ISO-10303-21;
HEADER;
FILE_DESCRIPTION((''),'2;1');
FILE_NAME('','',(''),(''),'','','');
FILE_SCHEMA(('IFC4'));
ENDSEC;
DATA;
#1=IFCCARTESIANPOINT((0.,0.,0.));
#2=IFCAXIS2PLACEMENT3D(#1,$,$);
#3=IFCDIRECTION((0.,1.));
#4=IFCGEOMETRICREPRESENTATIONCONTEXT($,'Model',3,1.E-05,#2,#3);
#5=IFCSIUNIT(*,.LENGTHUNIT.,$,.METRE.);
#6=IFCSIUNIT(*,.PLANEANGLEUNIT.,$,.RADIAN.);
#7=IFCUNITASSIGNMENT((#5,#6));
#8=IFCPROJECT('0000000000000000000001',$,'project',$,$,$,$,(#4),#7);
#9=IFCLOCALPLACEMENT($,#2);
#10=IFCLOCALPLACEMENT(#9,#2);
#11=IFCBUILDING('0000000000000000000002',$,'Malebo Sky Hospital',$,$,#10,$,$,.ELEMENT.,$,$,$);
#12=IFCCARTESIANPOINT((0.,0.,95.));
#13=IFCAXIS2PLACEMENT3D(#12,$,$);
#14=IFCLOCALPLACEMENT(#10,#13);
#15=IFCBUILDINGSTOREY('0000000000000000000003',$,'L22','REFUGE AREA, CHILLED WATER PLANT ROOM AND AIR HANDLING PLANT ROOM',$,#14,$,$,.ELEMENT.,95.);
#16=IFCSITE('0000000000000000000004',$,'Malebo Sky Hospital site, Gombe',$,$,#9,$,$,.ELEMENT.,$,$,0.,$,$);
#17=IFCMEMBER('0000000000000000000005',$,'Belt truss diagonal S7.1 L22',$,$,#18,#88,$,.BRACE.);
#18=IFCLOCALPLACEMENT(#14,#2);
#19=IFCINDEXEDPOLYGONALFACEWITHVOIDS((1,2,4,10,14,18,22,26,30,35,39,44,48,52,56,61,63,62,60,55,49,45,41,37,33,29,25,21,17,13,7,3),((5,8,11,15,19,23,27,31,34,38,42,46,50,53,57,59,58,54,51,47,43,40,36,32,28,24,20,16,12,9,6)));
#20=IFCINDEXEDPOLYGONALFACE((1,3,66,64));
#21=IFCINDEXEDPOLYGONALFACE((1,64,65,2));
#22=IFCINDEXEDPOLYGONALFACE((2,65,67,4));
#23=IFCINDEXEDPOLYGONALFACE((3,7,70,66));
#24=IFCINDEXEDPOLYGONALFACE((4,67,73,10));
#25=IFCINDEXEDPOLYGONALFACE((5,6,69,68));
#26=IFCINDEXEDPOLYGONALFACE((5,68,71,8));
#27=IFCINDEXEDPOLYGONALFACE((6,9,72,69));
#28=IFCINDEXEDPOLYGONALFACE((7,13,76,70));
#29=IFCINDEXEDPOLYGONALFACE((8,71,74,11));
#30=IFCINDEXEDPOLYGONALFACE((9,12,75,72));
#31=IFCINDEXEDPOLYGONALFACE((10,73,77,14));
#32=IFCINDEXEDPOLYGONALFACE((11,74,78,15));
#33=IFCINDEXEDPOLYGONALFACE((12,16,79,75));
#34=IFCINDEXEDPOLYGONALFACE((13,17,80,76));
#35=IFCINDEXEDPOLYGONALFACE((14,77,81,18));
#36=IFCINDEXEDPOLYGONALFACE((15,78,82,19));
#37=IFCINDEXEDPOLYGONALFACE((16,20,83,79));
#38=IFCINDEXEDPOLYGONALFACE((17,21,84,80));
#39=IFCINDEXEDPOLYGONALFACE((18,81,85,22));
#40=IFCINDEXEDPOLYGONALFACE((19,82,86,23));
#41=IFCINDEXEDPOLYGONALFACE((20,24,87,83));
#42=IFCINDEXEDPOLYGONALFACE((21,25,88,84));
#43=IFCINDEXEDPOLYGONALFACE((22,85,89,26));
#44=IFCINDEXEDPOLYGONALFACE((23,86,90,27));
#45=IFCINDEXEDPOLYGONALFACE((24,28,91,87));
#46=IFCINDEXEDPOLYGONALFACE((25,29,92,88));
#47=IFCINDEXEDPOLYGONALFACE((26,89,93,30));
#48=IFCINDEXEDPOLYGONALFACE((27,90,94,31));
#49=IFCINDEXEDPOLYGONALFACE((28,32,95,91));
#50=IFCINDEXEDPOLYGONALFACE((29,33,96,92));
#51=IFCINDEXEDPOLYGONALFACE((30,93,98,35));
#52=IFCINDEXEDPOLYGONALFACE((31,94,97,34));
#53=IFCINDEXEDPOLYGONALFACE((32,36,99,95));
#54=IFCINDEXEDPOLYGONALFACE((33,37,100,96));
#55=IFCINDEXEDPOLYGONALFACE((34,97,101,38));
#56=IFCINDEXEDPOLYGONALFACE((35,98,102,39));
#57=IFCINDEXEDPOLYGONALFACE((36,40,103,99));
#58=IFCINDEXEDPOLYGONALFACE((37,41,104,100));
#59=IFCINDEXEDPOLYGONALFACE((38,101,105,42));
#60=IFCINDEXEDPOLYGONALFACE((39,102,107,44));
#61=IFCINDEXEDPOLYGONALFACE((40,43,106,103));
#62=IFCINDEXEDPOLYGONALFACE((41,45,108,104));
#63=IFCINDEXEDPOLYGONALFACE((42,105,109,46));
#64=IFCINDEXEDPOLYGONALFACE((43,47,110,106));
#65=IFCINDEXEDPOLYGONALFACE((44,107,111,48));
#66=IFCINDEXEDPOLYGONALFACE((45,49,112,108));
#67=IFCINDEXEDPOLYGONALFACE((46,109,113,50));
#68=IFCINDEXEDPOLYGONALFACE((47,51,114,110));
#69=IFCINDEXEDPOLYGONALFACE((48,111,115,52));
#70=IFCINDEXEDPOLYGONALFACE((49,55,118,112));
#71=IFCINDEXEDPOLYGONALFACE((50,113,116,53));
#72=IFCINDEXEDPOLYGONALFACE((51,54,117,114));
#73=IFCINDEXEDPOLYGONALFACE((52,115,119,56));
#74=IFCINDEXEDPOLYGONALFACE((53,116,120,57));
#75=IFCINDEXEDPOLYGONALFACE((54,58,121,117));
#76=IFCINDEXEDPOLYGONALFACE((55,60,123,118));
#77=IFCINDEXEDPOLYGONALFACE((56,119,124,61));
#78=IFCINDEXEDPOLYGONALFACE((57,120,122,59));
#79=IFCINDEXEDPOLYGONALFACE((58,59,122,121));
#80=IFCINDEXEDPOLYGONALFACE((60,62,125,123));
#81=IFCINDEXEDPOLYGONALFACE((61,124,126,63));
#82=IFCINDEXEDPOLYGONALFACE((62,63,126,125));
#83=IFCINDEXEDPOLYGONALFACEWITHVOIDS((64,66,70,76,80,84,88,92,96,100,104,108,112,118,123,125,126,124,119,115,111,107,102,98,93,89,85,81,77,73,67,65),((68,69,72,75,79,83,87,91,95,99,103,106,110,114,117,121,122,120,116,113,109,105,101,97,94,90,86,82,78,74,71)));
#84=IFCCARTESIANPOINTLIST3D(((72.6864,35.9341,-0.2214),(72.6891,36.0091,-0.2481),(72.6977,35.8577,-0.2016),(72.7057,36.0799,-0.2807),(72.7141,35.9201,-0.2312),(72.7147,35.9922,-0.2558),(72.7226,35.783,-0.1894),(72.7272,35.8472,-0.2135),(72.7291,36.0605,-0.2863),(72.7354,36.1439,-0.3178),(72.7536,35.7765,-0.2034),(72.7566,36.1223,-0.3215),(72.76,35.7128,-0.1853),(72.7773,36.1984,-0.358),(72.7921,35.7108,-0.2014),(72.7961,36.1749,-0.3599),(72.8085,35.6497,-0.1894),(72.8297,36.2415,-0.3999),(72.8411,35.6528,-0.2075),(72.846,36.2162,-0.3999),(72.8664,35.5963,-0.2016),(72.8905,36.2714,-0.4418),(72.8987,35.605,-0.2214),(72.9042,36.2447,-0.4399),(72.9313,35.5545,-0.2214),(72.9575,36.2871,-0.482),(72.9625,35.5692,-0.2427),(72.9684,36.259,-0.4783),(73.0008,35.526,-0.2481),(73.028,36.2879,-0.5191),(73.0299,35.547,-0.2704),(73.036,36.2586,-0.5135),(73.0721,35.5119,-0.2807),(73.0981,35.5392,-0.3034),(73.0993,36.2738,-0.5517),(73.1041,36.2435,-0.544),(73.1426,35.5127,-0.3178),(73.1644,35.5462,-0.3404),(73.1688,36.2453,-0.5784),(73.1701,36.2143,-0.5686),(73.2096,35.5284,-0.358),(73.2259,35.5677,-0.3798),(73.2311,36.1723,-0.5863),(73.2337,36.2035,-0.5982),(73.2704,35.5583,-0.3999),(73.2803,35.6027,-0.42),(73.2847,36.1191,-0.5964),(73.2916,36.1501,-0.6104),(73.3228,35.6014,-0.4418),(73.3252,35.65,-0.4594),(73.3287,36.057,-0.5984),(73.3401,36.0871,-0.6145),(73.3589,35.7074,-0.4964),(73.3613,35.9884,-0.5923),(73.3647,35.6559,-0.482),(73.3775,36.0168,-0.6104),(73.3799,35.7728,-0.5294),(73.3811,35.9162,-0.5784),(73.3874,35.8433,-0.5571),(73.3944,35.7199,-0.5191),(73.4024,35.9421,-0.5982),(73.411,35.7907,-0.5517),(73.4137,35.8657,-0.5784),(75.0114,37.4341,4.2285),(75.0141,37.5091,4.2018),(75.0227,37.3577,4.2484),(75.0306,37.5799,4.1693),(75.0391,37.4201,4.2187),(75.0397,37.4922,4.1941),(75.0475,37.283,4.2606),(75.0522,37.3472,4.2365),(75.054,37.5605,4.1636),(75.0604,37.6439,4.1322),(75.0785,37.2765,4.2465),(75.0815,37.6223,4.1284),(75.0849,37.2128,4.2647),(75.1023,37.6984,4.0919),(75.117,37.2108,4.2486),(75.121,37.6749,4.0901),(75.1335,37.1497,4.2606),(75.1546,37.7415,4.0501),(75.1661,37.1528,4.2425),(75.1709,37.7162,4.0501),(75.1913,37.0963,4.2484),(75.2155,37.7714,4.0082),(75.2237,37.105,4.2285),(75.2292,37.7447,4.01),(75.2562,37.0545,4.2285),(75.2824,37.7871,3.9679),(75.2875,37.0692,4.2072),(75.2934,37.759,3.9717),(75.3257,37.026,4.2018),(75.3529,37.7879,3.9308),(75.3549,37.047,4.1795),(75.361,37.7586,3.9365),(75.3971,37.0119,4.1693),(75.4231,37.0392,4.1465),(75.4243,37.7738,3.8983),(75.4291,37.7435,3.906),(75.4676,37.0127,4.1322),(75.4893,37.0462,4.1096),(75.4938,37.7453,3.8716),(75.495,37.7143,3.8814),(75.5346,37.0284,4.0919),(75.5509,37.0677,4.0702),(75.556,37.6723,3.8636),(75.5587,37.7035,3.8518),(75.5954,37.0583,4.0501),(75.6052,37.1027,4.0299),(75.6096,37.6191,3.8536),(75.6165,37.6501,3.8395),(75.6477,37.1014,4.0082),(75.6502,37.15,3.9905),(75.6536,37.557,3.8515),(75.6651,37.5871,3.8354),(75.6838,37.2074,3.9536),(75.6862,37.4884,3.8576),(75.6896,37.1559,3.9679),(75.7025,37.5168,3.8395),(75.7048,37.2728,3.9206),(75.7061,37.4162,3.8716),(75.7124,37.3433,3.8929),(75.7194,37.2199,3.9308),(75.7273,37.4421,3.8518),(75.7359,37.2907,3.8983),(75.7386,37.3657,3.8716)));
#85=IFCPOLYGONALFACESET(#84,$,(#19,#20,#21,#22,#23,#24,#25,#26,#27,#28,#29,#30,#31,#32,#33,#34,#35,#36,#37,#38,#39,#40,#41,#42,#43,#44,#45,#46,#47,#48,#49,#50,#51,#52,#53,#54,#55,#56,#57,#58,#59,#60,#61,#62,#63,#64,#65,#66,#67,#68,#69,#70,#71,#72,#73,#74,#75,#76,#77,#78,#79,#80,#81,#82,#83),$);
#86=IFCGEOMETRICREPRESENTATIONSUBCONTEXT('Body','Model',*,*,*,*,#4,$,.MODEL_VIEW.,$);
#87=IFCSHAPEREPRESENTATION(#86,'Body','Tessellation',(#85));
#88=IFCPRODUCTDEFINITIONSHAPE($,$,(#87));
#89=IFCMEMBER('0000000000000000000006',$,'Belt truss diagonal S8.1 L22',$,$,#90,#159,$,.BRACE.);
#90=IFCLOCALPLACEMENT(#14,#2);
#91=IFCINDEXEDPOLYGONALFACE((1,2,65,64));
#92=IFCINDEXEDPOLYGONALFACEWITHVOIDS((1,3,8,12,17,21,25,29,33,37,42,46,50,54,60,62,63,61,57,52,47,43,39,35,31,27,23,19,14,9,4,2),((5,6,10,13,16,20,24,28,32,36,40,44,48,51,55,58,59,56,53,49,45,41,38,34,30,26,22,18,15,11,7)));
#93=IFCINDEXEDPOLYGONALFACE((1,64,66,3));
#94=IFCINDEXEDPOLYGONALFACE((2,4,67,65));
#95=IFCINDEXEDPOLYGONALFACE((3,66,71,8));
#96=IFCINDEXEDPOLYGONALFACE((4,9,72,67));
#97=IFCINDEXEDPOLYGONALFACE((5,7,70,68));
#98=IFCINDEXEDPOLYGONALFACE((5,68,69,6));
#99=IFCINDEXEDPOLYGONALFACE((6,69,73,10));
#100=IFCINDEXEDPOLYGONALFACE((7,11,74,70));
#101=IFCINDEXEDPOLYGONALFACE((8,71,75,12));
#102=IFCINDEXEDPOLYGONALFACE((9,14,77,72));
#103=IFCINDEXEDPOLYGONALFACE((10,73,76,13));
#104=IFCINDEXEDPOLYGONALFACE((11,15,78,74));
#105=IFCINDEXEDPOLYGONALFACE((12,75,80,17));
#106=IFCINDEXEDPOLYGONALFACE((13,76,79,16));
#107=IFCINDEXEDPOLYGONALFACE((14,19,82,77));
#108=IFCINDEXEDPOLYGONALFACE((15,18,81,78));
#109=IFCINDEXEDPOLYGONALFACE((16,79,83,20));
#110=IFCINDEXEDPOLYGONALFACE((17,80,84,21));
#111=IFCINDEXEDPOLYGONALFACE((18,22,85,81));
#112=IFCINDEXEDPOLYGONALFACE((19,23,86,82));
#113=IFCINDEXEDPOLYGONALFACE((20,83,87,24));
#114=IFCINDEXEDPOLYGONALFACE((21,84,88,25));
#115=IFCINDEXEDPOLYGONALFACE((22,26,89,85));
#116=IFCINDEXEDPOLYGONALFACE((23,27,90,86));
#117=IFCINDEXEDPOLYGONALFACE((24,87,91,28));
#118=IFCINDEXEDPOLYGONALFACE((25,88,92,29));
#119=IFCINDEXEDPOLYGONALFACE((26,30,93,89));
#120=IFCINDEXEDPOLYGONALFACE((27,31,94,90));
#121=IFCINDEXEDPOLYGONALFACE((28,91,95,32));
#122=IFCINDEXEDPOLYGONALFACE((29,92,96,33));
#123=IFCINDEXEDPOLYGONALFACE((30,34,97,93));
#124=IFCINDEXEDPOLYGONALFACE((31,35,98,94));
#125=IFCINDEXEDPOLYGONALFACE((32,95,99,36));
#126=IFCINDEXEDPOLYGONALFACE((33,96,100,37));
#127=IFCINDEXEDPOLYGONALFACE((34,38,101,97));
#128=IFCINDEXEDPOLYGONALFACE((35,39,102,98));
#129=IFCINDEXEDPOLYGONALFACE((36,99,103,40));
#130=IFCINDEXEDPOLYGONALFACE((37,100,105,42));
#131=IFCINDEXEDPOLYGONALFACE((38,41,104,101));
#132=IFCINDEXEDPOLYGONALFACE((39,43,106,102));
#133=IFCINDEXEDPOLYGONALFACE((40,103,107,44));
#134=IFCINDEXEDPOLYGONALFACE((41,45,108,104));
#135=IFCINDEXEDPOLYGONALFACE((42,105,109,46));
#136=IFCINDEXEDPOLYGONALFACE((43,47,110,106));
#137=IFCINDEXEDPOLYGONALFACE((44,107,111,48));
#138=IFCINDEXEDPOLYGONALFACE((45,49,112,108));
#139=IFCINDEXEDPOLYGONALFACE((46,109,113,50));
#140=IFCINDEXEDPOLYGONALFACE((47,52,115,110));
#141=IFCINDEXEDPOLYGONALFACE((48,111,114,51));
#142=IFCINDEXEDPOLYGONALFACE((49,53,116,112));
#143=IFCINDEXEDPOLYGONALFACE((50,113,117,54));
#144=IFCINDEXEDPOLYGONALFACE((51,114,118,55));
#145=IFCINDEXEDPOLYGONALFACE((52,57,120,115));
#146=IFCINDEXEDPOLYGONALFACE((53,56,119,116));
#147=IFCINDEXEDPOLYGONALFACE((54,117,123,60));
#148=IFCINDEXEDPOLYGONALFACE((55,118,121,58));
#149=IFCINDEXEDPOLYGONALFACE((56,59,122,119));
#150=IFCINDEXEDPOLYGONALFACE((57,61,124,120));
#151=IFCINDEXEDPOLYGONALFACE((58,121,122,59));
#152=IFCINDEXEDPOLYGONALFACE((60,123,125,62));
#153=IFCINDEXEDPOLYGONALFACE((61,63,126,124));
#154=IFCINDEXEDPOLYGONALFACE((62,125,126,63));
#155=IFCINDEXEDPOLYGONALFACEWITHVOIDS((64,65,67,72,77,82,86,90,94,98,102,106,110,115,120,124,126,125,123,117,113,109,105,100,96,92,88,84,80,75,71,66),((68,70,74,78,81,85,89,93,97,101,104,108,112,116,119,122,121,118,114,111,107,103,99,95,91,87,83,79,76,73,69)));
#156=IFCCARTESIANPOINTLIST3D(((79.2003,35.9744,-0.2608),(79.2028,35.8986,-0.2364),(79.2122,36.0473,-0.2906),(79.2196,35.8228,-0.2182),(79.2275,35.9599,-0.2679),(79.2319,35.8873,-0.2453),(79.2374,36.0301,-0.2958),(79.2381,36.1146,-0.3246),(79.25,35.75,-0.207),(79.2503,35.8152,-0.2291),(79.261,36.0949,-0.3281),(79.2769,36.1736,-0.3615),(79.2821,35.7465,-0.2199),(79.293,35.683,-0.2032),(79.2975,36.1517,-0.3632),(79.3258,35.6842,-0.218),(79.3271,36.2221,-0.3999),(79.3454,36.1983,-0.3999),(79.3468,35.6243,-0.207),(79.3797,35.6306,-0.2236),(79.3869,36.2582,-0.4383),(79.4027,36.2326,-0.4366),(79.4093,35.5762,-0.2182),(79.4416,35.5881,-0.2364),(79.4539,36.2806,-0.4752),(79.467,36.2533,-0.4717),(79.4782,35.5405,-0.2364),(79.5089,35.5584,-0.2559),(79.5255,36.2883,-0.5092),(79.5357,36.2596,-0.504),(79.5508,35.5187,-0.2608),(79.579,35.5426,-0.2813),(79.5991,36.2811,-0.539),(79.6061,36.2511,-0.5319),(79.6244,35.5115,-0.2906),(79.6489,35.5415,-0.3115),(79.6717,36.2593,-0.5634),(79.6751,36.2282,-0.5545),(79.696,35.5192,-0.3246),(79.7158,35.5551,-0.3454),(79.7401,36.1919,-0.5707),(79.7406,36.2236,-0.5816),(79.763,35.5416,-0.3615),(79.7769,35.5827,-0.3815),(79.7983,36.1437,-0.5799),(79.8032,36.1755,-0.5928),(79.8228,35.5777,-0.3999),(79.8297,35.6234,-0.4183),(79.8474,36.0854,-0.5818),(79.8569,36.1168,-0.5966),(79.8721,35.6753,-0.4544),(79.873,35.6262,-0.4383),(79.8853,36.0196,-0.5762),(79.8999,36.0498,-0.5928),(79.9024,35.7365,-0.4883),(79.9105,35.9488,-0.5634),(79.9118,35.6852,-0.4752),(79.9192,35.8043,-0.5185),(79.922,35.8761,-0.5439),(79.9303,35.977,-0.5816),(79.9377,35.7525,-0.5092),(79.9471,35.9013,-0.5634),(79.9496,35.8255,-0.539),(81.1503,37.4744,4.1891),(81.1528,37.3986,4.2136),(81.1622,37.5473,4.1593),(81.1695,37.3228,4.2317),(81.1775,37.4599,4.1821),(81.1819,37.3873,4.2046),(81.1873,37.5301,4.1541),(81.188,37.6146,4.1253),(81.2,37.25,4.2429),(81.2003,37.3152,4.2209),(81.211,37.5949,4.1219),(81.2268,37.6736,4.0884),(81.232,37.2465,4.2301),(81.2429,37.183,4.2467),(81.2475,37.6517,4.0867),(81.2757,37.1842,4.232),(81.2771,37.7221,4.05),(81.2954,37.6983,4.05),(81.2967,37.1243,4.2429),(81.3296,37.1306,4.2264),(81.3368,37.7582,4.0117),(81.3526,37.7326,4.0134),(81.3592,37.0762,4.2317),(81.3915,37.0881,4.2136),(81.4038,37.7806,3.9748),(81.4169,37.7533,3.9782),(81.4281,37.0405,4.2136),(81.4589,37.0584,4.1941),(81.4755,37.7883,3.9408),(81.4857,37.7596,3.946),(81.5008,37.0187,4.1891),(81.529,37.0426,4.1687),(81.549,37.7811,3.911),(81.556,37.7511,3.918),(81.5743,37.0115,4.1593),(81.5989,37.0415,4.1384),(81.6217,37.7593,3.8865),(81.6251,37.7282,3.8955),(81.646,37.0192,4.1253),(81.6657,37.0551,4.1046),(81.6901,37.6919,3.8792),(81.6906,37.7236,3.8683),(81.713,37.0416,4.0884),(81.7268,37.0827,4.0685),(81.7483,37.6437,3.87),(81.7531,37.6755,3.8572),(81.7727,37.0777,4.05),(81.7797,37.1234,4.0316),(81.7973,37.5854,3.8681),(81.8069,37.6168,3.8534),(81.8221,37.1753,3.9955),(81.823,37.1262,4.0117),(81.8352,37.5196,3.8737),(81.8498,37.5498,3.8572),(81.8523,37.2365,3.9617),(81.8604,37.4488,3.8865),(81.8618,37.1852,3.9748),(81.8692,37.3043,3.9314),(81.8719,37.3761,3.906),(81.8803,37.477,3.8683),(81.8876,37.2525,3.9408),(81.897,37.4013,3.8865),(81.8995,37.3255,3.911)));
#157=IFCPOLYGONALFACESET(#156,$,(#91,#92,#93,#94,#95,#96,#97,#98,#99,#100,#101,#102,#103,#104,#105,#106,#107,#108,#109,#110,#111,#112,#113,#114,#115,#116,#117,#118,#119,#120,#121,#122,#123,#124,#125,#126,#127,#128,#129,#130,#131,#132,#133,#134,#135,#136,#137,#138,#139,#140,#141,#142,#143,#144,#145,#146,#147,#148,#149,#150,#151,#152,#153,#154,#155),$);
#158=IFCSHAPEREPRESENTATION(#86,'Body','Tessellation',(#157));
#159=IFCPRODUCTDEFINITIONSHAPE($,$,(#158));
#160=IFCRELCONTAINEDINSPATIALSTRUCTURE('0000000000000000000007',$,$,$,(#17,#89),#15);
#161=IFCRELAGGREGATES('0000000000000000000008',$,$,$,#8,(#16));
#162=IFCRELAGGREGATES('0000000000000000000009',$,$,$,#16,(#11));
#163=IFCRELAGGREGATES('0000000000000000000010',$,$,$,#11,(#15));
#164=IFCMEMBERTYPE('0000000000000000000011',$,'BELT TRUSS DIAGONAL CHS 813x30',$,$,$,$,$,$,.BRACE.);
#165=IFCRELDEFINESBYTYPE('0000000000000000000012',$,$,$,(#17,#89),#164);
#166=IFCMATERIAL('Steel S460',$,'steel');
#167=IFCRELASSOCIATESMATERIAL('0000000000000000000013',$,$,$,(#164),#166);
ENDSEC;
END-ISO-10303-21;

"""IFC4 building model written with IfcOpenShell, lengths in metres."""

from ifc_helpers import new_model, si_unit, direction, frame, origin, origin_2d, place, context, subcontext, project, spatial, hollow_circle, extrude, material, material_profile, profile_set, type_object, element, save


model = new_model("IFC4")

# Units and contexts
model_context = context("Model", 3, precision=1e-05, world=origin(), true_north=direction((0.0, 1.0)))
body_context = subcontext(model_context, "Body", "Model", "MODEL_VIEW")
ifc_project = project(units=[si_unit("LENGTHUNIT", "METRE"), si_unit("PLANEANGLEUNIT", "RADIAN")], contexts=[model_context])

# Site, building, storey
site_placement = place(None, origin())
site = spatial("IfcSite", under=ifc_project, at=site_placement, Name="Malebo Sky Hospital site, Gombe", CompositionType="ELEMENT", RefElevation=0.0)
building_placement = place(site_placement, origin())
building = spatial("IfcBuilding", under=site, at=building_placement, Name="Malebo Sky Hospital", CompositionType="ELEMENT")
storey_placement = place(building_placement, frame((0.0, 0.0, 95.0)))
storey = spatial("IfcBuildingStorey", under=building, at=storey_placement, Name="L22", Description="REFUGE AREA, CHILLED WATER PLANT ROOM AND AIR HANDLING PLANT ROOM", CompositionType="ELEMENT", Elevation=95.0)

# Members
ifc_material_1 = material(Name="Steel S460", Category="steel")
ifc_material_profile_1 = material_profile(ifc_material_1, hollow_circle(Radius=0.4065, WallThickness=0.03, at=origin_2d()), Name="CHS 813x30")
ifc_profile_set_1 = profile_set([ifc_material_profile_1], Name="Steel S460")
member_type_1 = type_object("IfcMemberType", Name="BELT TRUSS DIAGONAL CHS 813x30", PredefinedType="BRACE", material=ifc_profile_set_1)
member_1_placement = place(storey_placement, frame((73.05, 35.8999, -0.3999), z_axis=(0.443694, 0.28626, 0.849229), x_axis=(-0.542135, 0.840291, 0.0)))
element("IfcMember", 1, at=member_1_placement, inside=storey, type_object=member_type_1, Name="Belt truss diagonal S7.1 L22", PredefinedType="BRACE", context=body_context, shape_type="SweptSolid", body=[
    extrude(hollow_circle(Radius=0.4065, WallThickness=0.03, at=origin_2d()), origin(), (0.0, 0.0, 1.0), 5.24),
])
member_2_placement = place(storey_placement, frame((79.575, 35.8999, -0.3999), z_axis=(0.383492, 0.295002, 0.875162), x_axis=(-0.60972, 0.792617, 0.0)))
element("IfcMember", 2, at=member_2_placement, inside=storey, type_object=member_type_1, Name="Belt truss diagonal S8.1 L22", PredefinedType="BRACE", context=body_context, shape_type="SweptSolid", body=[
    extrude(hollow_circle(Radius=0.4065, WallThickness=0.03, at=origin_2d()), origin(), (0.0, 0.0, 1.0), 5.0847),
])

save(model, "model.ifc")
